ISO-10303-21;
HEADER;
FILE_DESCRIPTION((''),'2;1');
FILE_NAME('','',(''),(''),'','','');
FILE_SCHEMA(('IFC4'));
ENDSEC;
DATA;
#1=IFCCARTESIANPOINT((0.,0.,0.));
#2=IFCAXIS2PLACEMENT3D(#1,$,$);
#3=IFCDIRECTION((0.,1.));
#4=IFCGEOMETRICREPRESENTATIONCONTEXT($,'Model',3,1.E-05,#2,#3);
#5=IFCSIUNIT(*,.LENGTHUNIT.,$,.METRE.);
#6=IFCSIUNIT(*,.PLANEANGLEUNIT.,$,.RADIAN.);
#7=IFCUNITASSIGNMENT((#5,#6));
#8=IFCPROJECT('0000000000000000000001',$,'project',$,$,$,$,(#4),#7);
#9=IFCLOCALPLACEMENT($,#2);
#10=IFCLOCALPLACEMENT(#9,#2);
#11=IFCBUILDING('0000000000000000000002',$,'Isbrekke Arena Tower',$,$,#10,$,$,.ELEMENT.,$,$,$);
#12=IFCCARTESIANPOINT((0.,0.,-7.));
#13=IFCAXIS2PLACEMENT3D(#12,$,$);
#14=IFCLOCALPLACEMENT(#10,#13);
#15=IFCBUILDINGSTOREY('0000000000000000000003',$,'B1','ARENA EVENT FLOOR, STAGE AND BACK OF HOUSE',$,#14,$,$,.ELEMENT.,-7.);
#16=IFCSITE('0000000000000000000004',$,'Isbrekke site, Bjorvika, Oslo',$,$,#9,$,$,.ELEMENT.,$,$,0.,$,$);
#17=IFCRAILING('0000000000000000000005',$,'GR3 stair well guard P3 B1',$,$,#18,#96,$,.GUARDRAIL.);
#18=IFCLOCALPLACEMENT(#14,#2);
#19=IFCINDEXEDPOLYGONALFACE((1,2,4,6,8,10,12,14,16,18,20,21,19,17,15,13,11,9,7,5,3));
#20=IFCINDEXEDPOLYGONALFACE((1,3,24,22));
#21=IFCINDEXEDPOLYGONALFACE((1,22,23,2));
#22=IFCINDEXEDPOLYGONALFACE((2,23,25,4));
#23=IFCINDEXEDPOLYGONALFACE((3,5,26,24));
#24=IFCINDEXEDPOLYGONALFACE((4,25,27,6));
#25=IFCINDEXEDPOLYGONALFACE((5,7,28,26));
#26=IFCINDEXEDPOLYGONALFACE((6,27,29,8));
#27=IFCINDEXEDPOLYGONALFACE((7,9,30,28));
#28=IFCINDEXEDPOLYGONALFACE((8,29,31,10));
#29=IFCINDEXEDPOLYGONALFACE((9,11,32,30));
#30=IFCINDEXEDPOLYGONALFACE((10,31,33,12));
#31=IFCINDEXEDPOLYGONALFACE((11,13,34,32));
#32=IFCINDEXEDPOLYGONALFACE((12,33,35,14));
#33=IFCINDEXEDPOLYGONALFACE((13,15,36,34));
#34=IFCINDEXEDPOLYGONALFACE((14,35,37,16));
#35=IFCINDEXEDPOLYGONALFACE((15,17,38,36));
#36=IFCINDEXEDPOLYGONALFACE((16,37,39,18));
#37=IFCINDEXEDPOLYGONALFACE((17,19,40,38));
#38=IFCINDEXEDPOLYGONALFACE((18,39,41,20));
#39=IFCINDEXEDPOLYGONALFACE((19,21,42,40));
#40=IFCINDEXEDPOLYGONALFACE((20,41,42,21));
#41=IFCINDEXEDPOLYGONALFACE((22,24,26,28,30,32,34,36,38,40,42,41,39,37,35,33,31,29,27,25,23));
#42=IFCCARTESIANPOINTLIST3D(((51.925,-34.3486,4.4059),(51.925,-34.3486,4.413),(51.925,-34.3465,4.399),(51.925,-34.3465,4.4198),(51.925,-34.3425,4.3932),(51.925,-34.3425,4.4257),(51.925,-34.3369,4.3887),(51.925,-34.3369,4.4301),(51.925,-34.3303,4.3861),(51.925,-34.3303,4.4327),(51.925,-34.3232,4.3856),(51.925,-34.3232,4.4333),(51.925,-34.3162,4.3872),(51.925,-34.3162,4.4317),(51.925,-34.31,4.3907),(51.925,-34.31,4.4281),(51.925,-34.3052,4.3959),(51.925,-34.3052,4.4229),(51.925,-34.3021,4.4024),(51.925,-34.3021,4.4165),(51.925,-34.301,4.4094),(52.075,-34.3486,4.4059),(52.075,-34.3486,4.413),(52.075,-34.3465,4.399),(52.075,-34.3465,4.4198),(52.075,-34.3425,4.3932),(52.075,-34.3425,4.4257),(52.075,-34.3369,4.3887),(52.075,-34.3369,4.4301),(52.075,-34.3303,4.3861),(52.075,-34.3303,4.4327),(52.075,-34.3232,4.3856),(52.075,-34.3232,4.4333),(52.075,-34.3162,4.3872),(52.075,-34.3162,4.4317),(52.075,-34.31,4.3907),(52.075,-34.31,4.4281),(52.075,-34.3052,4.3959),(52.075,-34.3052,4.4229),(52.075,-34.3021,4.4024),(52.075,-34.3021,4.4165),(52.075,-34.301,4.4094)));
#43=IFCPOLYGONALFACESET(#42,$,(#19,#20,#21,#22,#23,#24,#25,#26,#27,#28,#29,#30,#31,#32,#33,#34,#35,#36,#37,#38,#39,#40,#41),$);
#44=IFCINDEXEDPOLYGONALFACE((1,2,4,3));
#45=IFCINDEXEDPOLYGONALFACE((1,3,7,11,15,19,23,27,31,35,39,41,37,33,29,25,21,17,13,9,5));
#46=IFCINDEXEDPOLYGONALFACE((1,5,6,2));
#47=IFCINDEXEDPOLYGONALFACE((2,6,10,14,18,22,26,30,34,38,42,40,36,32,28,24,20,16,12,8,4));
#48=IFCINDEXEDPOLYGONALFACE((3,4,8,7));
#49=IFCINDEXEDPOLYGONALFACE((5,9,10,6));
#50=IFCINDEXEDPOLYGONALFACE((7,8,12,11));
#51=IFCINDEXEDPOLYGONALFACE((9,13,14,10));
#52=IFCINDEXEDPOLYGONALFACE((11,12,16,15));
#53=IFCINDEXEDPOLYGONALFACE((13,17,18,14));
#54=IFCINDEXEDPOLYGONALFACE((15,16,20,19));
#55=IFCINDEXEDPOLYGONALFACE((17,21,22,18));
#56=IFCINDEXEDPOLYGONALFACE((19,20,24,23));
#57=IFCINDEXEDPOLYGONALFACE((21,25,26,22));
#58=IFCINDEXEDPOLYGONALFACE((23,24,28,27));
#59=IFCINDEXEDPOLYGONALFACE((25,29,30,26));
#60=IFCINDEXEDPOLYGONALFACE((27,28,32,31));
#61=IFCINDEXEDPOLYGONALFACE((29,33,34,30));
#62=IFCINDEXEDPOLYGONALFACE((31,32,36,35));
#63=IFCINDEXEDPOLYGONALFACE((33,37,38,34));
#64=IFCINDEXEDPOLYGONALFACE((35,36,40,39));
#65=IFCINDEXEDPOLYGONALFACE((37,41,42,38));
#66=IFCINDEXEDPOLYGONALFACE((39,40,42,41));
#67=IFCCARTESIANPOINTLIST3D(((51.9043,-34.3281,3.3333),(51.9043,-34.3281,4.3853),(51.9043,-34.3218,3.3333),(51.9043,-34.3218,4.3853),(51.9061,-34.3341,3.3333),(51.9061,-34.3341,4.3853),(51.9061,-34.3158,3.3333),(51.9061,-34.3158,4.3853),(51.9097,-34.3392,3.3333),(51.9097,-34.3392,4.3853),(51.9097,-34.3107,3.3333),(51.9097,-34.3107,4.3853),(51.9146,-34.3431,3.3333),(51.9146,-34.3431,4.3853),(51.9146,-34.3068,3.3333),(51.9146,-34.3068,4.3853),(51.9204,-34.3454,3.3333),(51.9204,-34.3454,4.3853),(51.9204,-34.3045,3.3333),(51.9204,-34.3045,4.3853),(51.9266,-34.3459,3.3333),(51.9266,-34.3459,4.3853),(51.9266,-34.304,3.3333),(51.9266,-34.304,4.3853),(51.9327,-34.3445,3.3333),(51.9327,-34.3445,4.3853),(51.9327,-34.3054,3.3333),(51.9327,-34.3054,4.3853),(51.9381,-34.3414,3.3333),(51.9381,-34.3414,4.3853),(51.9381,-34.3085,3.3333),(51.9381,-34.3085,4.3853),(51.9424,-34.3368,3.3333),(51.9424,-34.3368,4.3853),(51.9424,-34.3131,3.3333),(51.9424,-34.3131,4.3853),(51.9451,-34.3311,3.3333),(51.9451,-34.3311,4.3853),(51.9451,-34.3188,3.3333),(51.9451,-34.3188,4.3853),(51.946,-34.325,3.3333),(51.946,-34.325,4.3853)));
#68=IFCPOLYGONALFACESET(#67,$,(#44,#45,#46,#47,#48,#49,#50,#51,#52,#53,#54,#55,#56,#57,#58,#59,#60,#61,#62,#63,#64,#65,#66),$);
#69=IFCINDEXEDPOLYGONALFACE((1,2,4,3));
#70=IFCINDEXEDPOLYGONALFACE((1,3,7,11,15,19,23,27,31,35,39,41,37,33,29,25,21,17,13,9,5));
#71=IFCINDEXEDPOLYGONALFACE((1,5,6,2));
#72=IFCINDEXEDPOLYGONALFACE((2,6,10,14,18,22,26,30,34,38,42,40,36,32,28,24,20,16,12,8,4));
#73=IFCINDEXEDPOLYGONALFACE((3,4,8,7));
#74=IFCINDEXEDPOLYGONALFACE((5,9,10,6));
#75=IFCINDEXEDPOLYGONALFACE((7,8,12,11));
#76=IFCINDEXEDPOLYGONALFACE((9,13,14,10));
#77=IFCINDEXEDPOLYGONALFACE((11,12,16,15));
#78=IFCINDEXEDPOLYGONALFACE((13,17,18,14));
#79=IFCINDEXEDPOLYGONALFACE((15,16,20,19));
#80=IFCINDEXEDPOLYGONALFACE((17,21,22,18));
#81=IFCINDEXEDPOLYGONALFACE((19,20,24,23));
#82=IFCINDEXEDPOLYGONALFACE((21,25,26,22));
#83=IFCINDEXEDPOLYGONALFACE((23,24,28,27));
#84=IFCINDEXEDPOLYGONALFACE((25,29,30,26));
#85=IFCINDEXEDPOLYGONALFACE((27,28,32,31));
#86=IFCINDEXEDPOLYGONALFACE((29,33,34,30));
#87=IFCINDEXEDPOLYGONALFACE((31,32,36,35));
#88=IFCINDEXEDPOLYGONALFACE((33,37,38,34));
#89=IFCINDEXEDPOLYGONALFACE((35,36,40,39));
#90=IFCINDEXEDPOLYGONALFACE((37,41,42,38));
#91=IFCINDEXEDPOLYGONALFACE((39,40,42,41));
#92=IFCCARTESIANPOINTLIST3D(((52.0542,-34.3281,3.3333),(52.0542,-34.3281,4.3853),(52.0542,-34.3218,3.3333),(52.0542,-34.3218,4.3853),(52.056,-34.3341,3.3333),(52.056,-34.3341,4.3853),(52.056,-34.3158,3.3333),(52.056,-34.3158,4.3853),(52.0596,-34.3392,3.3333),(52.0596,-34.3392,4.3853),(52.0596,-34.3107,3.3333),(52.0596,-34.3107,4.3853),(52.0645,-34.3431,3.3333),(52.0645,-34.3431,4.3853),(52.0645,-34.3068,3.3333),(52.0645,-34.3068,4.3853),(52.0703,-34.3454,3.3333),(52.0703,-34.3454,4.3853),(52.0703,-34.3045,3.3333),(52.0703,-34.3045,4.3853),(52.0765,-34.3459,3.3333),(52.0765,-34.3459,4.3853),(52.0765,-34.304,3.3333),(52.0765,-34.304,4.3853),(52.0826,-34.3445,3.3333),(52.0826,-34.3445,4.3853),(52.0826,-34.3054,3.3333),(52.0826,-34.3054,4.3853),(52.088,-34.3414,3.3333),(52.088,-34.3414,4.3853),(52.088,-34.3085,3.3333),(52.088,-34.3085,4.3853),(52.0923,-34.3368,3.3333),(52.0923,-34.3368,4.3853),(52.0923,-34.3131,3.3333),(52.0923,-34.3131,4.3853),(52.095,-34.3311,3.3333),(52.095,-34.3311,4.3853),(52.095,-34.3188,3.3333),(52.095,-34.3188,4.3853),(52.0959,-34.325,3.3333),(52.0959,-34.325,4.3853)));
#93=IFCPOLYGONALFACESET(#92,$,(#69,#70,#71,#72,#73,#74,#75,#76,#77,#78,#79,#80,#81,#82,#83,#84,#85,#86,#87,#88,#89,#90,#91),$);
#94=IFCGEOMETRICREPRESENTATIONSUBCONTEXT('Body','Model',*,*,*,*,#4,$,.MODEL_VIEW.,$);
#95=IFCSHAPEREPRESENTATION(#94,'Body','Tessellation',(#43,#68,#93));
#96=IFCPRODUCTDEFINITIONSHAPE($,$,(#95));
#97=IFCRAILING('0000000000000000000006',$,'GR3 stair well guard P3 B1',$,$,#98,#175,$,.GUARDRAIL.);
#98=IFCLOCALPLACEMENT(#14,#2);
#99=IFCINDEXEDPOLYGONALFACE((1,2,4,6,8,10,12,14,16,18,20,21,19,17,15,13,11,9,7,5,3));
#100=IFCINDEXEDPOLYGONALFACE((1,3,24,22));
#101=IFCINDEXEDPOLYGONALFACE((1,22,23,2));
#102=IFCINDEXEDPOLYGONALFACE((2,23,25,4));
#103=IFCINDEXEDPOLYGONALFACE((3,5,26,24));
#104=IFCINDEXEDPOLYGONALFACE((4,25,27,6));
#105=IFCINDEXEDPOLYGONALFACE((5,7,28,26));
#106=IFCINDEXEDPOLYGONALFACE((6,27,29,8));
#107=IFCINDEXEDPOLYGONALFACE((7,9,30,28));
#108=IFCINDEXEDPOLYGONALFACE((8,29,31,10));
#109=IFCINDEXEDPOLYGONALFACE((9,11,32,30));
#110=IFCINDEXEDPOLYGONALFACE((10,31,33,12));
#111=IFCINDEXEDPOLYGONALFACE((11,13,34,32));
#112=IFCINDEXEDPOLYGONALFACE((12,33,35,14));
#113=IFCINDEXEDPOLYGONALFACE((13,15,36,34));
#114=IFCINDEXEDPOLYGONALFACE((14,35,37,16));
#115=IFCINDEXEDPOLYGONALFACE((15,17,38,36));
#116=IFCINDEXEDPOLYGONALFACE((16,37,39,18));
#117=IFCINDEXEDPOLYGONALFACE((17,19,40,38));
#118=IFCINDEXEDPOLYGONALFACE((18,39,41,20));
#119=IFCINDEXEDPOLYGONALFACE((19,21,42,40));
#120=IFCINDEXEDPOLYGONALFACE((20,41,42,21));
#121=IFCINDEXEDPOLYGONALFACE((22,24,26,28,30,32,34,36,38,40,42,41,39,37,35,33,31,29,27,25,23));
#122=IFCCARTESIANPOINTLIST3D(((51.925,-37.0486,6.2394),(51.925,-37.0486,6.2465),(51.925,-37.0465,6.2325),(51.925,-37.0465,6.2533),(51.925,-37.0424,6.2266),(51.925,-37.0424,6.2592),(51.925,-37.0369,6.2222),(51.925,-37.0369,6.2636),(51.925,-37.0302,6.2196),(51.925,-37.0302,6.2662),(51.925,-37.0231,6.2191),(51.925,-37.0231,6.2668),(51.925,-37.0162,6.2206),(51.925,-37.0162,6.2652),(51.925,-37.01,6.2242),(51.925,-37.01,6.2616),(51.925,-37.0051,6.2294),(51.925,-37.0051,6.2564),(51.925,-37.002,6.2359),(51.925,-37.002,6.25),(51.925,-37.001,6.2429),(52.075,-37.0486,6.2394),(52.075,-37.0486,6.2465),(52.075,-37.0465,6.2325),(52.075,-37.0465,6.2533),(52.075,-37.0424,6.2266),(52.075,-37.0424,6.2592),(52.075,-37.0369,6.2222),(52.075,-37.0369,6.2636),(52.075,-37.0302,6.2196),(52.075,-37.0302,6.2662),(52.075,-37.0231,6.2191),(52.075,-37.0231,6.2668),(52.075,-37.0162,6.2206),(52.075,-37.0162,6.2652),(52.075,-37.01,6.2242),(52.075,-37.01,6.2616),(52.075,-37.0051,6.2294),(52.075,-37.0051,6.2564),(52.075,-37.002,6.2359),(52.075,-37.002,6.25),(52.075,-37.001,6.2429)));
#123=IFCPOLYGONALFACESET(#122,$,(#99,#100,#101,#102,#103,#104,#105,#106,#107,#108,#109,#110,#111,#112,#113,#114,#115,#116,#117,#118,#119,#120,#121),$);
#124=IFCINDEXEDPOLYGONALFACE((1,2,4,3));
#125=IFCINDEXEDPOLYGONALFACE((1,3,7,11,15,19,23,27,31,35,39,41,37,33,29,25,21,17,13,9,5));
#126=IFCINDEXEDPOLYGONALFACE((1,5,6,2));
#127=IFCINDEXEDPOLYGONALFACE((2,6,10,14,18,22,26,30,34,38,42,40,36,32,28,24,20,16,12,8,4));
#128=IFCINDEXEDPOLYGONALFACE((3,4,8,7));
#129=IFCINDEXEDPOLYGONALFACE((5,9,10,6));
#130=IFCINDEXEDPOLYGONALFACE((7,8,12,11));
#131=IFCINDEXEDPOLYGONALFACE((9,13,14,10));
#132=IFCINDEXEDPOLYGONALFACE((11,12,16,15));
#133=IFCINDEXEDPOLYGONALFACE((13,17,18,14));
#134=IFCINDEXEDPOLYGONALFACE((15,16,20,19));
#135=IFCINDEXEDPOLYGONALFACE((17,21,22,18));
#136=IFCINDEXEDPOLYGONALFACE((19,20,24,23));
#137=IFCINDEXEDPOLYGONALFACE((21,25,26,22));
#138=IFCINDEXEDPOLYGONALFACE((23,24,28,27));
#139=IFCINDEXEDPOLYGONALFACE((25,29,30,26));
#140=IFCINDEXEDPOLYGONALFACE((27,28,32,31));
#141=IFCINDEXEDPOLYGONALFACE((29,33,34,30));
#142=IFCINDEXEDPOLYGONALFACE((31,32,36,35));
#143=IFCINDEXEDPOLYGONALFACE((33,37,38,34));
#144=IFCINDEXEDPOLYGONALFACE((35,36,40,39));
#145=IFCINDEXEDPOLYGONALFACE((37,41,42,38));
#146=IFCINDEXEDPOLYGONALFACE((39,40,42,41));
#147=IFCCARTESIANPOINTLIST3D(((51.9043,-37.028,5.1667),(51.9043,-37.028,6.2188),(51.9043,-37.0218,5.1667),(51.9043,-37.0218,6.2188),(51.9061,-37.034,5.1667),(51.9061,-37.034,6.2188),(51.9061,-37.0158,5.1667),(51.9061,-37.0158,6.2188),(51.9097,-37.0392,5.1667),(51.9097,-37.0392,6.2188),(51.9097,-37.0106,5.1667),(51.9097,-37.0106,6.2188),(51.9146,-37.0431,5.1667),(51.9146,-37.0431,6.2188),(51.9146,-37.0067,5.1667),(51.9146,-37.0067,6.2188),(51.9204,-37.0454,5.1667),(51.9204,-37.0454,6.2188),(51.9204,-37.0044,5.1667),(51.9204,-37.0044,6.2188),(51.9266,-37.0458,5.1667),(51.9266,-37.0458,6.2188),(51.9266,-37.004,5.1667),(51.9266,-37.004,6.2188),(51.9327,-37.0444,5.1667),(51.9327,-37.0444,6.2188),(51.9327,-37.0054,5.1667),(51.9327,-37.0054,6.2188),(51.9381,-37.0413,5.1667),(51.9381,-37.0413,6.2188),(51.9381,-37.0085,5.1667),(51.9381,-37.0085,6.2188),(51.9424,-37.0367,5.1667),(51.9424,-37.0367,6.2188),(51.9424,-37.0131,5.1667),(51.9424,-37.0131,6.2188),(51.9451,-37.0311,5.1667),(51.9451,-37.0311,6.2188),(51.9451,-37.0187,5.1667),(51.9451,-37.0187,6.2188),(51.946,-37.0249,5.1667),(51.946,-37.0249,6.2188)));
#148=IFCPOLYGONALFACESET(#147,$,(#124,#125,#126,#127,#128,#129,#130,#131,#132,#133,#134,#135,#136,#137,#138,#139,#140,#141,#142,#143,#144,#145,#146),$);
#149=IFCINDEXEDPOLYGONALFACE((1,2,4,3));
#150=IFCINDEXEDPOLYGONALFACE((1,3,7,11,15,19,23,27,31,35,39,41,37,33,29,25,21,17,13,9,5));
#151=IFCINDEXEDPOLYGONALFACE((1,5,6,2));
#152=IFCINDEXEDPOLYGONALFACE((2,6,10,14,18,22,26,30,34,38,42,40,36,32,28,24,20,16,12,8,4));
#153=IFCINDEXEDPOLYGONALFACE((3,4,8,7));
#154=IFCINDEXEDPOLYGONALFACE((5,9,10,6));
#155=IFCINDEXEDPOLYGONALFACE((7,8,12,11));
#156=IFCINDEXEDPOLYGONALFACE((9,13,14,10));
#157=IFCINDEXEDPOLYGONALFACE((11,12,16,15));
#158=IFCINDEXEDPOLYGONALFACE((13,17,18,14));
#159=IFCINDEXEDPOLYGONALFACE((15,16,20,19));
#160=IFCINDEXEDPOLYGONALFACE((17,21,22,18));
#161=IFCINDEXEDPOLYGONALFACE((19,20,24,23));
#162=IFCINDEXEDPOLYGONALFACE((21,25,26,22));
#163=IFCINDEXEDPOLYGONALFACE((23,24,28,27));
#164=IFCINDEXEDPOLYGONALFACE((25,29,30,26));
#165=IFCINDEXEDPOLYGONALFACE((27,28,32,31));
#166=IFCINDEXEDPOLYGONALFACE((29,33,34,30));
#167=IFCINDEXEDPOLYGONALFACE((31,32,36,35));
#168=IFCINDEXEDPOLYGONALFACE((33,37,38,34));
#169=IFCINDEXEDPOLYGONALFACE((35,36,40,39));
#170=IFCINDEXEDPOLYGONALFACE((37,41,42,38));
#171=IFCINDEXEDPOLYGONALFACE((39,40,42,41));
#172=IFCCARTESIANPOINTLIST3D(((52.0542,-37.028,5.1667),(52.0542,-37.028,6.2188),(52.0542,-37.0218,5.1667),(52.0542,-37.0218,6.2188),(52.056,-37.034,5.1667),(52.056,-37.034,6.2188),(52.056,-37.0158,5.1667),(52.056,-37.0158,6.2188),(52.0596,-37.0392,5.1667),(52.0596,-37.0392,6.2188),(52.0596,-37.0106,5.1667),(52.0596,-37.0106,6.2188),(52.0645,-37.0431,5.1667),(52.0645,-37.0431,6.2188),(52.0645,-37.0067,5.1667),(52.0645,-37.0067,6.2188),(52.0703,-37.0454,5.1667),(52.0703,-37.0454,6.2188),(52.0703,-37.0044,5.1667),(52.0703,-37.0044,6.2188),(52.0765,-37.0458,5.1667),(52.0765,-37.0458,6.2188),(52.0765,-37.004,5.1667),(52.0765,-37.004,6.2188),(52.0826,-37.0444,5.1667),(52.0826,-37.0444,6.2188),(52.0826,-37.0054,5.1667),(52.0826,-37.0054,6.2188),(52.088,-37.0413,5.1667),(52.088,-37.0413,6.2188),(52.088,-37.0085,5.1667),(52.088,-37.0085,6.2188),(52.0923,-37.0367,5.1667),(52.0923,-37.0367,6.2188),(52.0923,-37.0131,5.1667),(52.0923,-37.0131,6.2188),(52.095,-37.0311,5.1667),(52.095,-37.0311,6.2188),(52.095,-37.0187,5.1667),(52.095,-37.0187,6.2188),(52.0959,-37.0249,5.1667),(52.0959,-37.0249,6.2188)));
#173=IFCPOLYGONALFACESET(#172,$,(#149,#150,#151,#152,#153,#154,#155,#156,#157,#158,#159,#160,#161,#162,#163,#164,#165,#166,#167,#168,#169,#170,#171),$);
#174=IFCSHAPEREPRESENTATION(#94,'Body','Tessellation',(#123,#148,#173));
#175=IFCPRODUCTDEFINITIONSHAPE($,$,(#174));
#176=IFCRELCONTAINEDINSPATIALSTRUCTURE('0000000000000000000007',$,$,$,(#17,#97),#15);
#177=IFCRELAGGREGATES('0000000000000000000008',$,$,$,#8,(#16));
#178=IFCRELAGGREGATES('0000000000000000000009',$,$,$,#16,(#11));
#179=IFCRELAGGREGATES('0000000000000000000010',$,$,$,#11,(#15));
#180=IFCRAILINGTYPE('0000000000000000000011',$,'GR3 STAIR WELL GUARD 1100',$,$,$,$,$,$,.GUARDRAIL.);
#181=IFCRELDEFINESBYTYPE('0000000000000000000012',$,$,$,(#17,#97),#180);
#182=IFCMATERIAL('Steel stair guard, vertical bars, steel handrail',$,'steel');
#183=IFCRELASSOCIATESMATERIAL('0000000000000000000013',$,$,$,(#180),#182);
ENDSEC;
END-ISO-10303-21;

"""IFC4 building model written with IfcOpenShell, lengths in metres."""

from ifc_helpers import new_model, si_unit, direction, frame, origin, origin_2d, place, context, subcontext, project, spatial, circle, extrude, material, type_object, element, save


model = new_model("IFC4")

# Units and contexts
model_context = context("Model", 3, precision=1e-05, world=origin(), true_north=direction((0.0, 1.0)))
body_context = subcontext(model_context, "Body", "Model", "MODEL_VIEW")
ifc_project = project(units=[si_unit("LENGTHUNIT", "METRE"), si_unit("PLANEANGLEUNIT", "RADIAN")], contexts=[model_context])

# Site, building, storey
site_placement = place(None, origin())
site = spatial("IfcSite", under=ifc_project, at=site_placement, Name="Isbrekke site, Bjorvika, Oslo", CompositionType="ELEMENT", RefElevation=0.0)
building_placement = place(site_placement, origin())
building = spatial("IfcBuilding", under=site, at=building_placement, Name="Isbrekke Arena Tower", CompositionType="ELEMENT")
storey_placement = place(building_placement, frame((0.0, 0.0, -7.0)))
storey = spatial("IfcBuildingStorey", under=building, at=storey_placement, Name="B1", Description="ARENA EVENT FLOOR, STAGE AND BACK OF HOUSE", CompositionType="ELEMENT", Elevation=-7.0)

# Railings
ifc_material_1 = material(Name="Steel stair guard, vertical bars, steel handrail", Category="steel")
railing_type = type_object("IfcRailingType", Name="GR3 STAIR WELL GUARD 1100", PredefinedType="GUARDRAIL", material=ifc_material_1)
for number, where, name in (
    (1, (51.925, -34.325, 3.3333), "GR3 stair well guard P3 B1"),
    (2, (51.925, -37.0249, 5.1667), "GR3 stair well guard P3 B1"),
):
    element("IfcRailing", number, at=place(storey_placement, frame(where)), inside=storey, type_object=railing_type, Name=name, PredefinedType="GUARDRAIL", context=body_context, shape_type="SweptSolid", body=[
        extrude(circle(Radius=0.0239, at=origin_2d()), frame((0.0, 0.0, 1.0762), z_axis=(1.0, 0.0, 0.0), x_axis=(0.0, 1.0, 0.0)), (0.0, 0.0, 1.0), 0.1499),
        extrude(circle(Radius=0.021, at=origin_2d()), origin(), (0.0, 0.0, 1.0), 1.052),
        extrude(circle(Radius=0.021, at=origin_2d()), frame((0.1499, 0.0, 0.0)), (0.0, 0.0, 1.0), 1.052),
    ])

save(model, "model.ifc")
